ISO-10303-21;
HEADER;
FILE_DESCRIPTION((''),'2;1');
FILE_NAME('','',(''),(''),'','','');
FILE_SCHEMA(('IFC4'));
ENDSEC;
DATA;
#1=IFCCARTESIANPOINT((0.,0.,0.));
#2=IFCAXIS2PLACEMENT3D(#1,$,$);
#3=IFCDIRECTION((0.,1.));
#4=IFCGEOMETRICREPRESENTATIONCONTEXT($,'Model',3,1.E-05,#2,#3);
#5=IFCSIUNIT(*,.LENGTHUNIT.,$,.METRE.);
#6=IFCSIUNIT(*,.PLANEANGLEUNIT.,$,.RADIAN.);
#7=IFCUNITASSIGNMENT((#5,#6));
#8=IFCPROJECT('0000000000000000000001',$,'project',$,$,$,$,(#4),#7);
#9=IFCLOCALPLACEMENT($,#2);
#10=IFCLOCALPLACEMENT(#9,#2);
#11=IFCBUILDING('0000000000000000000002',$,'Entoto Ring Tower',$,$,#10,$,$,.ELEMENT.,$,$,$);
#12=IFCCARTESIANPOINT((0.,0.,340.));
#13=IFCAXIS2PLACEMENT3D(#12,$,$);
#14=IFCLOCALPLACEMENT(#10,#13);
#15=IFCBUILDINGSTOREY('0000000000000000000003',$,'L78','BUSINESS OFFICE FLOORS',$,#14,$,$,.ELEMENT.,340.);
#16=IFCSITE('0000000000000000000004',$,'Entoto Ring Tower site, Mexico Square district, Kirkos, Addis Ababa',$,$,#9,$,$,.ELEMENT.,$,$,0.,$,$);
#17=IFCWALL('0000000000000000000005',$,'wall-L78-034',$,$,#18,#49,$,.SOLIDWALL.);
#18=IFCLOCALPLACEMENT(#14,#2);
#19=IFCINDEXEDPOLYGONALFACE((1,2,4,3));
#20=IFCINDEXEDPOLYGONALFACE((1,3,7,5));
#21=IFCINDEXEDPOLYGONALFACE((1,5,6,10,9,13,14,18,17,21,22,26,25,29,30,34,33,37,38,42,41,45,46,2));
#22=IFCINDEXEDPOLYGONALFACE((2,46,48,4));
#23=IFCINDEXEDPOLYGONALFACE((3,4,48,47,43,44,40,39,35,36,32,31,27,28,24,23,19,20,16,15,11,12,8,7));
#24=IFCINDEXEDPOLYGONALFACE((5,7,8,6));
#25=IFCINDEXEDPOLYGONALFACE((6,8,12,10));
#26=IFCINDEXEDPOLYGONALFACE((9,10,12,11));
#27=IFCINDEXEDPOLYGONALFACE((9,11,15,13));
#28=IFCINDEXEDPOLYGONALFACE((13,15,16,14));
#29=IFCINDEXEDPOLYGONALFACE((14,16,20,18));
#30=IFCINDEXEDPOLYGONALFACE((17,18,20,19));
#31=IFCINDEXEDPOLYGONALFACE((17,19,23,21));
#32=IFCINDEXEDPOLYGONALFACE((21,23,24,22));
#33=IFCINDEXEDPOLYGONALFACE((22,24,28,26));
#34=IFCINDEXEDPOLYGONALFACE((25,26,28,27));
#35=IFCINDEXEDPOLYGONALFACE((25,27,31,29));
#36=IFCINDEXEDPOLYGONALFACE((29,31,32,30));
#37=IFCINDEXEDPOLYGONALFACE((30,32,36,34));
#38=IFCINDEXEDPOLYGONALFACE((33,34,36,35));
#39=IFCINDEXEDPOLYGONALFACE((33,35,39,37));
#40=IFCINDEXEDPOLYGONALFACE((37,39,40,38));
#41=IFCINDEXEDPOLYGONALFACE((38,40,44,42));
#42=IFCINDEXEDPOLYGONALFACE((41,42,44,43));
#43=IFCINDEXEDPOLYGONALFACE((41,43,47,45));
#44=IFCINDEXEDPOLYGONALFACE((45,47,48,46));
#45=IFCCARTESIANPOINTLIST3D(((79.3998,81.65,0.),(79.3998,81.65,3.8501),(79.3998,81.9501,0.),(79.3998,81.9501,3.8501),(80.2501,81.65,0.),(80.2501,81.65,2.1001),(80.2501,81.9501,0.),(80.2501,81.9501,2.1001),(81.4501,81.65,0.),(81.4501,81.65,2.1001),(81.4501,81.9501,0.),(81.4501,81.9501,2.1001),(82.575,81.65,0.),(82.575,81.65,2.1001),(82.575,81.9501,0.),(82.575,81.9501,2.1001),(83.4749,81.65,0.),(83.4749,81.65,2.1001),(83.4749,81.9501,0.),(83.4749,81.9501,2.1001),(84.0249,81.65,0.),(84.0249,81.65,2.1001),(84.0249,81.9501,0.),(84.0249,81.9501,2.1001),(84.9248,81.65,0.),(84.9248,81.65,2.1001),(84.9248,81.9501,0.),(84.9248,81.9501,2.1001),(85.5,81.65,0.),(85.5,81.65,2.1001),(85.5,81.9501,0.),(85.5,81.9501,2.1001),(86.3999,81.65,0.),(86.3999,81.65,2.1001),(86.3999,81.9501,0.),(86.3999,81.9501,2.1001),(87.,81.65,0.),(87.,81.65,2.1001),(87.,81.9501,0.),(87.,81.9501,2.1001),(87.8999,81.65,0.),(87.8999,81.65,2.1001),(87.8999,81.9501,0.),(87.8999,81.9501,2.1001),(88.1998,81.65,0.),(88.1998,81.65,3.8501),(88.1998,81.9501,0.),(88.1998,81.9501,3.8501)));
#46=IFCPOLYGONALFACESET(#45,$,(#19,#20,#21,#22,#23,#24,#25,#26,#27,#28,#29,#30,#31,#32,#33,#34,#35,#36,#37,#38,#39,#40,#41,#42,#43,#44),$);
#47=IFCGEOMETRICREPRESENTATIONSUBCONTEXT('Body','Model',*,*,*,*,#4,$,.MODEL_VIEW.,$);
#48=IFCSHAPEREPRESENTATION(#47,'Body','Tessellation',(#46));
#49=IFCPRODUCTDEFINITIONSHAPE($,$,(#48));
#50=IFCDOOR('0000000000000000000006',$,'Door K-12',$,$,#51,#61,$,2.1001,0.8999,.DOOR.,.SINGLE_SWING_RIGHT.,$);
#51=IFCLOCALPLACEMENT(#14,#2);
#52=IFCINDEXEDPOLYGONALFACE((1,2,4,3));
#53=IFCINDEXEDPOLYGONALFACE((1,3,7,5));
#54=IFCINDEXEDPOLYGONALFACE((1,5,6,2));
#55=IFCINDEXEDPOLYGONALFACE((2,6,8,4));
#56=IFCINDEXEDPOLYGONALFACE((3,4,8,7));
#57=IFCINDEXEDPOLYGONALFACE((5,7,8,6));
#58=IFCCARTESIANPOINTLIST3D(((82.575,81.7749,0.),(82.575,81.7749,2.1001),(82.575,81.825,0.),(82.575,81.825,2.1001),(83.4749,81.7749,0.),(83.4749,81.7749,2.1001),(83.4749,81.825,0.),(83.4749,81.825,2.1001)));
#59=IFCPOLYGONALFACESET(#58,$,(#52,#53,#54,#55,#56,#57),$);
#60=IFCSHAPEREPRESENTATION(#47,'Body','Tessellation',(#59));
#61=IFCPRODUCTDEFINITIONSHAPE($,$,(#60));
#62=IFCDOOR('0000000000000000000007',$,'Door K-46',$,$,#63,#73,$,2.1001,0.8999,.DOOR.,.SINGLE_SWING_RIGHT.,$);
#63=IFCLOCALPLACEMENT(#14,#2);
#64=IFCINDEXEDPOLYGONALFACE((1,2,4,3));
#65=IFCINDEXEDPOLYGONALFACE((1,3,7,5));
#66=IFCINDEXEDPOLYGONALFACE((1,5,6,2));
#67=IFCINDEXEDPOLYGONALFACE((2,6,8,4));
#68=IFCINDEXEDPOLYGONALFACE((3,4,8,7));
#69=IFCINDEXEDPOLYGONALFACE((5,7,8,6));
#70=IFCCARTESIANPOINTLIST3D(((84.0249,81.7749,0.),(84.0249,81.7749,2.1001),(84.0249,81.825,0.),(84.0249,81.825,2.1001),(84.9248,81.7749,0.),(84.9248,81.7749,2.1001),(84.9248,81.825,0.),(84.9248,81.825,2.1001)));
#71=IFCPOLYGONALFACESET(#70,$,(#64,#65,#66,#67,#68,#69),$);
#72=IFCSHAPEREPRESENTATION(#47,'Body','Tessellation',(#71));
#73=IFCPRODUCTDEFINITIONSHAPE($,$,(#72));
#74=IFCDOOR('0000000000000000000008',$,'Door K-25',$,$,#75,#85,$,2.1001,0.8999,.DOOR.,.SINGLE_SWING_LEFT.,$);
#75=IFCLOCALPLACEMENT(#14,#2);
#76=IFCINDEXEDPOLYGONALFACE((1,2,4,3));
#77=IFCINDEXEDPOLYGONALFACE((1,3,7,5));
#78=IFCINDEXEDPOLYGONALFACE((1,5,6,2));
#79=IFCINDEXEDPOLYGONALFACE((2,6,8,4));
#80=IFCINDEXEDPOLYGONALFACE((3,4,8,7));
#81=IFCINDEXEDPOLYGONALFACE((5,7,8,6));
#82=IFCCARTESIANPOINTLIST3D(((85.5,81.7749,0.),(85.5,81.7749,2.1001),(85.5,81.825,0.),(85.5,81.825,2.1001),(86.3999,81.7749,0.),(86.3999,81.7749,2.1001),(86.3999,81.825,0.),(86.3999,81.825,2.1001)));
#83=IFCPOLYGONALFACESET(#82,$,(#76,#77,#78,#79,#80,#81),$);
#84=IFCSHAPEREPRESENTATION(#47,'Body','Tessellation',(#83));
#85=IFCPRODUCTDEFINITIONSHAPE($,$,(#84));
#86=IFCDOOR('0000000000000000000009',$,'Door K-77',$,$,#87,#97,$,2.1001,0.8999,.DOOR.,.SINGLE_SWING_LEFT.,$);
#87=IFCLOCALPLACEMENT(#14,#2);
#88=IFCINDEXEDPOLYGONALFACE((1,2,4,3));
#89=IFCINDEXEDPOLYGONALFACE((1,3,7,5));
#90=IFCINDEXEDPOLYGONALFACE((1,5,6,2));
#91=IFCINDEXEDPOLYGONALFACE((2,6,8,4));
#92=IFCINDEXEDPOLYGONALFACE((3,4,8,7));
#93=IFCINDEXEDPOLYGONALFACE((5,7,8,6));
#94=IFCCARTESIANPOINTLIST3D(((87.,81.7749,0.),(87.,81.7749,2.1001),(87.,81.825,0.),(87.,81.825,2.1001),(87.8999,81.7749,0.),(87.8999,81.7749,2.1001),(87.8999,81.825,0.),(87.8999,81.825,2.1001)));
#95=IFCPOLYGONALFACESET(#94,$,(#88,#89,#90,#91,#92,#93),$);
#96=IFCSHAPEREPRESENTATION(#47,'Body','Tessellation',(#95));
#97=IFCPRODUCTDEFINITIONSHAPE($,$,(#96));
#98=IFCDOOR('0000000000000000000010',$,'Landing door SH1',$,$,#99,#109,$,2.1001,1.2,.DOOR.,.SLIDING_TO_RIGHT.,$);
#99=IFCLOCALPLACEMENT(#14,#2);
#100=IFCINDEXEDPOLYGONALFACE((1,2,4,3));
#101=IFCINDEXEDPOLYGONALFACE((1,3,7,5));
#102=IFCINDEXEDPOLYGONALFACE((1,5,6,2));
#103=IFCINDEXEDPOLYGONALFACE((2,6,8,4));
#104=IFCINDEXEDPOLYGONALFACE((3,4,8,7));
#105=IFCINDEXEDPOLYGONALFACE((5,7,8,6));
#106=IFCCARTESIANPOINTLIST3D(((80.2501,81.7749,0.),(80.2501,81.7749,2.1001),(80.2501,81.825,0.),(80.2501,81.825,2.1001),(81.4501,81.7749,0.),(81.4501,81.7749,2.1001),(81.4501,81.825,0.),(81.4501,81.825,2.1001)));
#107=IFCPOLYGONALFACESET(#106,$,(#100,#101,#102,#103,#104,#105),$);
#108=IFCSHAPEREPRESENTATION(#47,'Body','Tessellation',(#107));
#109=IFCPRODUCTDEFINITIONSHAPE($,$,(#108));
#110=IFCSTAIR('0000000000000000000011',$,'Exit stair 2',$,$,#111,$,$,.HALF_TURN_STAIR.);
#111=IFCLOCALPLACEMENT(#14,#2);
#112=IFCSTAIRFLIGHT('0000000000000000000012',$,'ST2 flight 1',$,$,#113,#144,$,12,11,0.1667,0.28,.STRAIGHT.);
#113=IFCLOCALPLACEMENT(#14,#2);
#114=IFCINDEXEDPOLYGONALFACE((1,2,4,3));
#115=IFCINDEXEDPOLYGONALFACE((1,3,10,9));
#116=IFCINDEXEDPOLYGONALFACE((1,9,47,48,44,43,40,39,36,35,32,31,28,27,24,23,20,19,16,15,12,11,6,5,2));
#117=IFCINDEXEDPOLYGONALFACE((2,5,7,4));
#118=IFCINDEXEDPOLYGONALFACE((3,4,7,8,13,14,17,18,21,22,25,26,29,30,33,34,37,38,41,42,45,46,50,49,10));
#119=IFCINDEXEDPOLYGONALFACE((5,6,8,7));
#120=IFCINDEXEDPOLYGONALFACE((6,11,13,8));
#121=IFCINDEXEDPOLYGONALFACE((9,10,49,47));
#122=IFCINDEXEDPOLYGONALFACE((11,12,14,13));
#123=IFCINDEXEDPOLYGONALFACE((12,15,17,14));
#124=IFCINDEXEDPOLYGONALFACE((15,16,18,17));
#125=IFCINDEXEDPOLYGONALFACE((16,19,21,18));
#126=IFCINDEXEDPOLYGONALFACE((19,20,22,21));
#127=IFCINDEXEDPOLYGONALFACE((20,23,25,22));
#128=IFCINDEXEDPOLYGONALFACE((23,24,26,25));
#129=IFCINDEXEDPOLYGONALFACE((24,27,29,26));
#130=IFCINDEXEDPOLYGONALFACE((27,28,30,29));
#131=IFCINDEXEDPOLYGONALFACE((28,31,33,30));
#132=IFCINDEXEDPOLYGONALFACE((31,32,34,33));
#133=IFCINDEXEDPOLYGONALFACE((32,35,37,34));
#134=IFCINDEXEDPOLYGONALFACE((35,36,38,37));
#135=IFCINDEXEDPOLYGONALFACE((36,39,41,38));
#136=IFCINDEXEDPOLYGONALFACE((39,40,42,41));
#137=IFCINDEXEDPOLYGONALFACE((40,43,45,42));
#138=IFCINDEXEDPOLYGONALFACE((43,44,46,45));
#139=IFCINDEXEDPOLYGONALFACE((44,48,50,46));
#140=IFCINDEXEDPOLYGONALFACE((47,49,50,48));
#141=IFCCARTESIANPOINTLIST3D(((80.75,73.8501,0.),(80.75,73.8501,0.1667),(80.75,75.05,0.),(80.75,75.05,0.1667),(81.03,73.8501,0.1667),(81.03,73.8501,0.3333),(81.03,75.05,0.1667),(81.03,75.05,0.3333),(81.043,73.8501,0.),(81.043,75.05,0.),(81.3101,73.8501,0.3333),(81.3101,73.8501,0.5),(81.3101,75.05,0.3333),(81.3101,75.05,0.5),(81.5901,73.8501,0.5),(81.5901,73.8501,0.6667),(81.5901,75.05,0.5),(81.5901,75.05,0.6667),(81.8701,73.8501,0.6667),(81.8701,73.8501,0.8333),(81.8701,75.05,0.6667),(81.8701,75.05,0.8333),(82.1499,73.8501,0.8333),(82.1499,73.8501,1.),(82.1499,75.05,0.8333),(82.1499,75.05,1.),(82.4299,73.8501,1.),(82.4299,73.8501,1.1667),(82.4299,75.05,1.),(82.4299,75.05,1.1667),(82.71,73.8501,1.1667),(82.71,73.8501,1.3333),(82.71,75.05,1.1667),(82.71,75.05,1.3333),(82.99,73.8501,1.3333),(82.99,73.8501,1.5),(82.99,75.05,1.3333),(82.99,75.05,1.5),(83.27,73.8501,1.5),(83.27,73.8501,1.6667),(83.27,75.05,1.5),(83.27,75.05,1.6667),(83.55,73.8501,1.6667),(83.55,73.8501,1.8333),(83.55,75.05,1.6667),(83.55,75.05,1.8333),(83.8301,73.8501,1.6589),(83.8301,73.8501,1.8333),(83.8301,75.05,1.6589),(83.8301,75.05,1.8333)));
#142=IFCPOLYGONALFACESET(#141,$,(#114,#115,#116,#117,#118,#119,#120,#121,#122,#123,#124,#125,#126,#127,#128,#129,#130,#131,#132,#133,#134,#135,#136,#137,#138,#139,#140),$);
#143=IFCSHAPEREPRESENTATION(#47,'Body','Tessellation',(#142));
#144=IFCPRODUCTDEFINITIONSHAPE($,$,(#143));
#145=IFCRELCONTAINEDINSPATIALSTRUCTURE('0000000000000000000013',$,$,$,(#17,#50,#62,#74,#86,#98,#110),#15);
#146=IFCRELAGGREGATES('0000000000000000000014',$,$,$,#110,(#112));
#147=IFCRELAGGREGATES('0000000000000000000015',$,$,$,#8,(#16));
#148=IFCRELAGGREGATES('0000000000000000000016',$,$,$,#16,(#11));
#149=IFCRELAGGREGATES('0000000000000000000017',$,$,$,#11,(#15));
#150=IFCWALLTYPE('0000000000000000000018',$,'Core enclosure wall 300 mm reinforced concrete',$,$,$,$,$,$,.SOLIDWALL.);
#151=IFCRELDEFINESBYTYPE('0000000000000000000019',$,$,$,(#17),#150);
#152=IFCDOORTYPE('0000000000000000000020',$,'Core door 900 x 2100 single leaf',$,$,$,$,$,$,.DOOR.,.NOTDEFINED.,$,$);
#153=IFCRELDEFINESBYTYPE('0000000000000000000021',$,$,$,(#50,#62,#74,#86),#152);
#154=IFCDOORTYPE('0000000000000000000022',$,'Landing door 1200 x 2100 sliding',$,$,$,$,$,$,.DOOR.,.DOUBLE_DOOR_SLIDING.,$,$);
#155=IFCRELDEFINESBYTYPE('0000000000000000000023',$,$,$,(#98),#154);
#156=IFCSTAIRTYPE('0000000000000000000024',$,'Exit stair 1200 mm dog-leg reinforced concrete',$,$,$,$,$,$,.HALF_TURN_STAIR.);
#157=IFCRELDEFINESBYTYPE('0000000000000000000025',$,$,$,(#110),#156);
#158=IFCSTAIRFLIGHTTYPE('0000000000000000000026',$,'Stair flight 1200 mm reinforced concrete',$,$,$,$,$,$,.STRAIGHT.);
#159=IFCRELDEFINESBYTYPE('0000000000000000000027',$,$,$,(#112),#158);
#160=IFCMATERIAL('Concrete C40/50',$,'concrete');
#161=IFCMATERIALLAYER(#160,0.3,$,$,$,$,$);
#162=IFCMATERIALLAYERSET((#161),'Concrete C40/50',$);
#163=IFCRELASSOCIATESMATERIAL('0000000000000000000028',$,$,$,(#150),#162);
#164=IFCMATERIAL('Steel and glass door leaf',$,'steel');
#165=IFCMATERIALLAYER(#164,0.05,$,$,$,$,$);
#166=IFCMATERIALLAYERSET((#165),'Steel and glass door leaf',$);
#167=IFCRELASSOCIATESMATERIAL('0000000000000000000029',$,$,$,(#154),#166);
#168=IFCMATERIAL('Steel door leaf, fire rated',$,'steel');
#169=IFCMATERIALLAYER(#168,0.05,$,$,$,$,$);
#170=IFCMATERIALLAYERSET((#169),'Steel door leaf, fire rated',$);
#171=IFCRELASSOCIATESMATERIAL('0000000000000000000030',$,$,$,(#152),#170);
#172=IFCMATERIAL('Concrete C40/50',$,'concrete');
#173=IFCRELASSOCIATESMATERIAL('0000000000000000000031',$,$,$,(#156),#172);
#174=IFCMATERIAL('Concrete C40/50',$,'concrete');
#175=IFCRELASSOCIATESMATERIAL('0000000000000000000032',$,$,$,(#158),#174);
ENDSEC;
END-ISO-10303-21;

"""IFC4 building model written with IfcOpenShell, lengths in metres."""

from ifc_helpers import new_model, si_unit, direction, frame, frame_2d, origin, place, context, subcontext, project, spatial, polyline, rectangle, outline, extrude, material, layer, layer_set, type_object, element, fill, aggregate, save


model = new_model("IFC4")

# Units and contexts
model_context = context("Model", 3, precision=1e-05, world=origin(), true_north=direction((0.0, 1.0)))
body_context = subcontext(model_context, "Body", "Model", "MODEL_VIEW")
ifc_project = project(units=[si_unit("LENGTHUNIT", "METRE"), si_unit("PLANEANGLEUNIT", "RADIAN")], contexts=[model_context])

# Site, building, storey
site_placement = place(None, origin())
site = spatial("IfcSite", under=ifc_project, at=site_placement, Name="Entoto Ring Tower site, Mexico Square district, Kirkos, Addis Ababa", CompositionType="ELEMENT", RefElevation=0.0)
building_placement = place(site_placement, origin())
building = spatial("IfcBuilding", under=site, at=building_placement, Name="Entoto Ring Tower", CompositionType="ELEMENT")
storey_placement = place(building_placement, frame((0.0, 0.0, 340.0)))
storey = spatial("IfcBuildingStorey", under=building, at=storey_placement, Name="L78", Description="BUSINESS OFFICE FLOORS", CompositionType="ELEMENT", Elevation=340.0)

# Shared definitions
ifc_material_1 = material(Name="Concrete C40/50", Category="concrete")
ifc_layer_1 = layer(ifc_material_1, 0.3)
ifc_layer_set_1 = layer_set([ifc_layer_1], Name="Concrete C40/50")
wall_type = type_object("IfcWallType", Name="Core enclosure wall 300 mm reinforced concrete", PredefinedType="SOLIDWALL", material=ifc_layer_set_1)
ifc_material_2 = material(Name="Steel and glass door leaf", Category="steel")
ifc_layer_2 = layer(ifc_material_2, 0.05)
ifc_layer_set_2 = layer_set([ifc_layer_2], Name="Steel and glass door leaf")
door_type_1 = type_object("IfcDoorType", Name="Landing door 1200 x 2100 sliding", OperationType="DOUBLE_DOOR_SLIDING", PredefinedType="DOOR", material=ifc_layer_set_2)

# Wall, openings, doors
ifc_material_3 = material(Name="Steel door leaf, fire rated", Category="steel")
ifc_layer_3 = layer(ifc_material_3, 0.05)
ifc_layer_set_3 = layer_set([ifc_layer_3], Name="Steel door leaf, fire rated")
door_type_2 = type_object("IfcDoorType", Name="Core door 900 x 2100 single leaf", OperationType="NOTDEFINED", PredefinedType="DOOR", material=ifc_layer_set_3)
wall_1_placement = place(storey_placement, frame((79.3999, 81.8, 0.0), z_axis=(0.0, 0.0, 1.0), x_axis=(1.0, 0.0, 0.0)))
wall_1 = element("IfcWall", 1, at=wall_1_placement, inside=storey, type_object=wall_type, Name="wall-L78-034", PredefinedType="SOLIDWALL", context=body_context, shape_type="SweptSolid", body=[
    extrude(rectangle(XDim=8.8, YDim=0.3, at=frame_2d((4.3999, 0.0))), origin(), (0.0, 0.0, 1.0), 3.8501),
])
opening_1_placement = place(wall_1_placement, frame((0.8501, 0.0, 0.0)))
opening_1 = element("IfcOpeningElement", 2, at=opening_1_placement, cuts=wall_1, PredefinedType="OPENING", context=body_context, shape_type="SweptSolid", body=[
    extrude(rectangle(XDim=1.2, YDim=2.1001, at=frame_2d((0.6001, 1.05))), frame((0.0, 0.1602, 0.0), z_axis=(0.0, -1.0, 0.0), x_axis=(1.0, 0.0, 0.0)), (0.0, 0.0, 1.0), 0.3201),
])
opening_2_placement = place(wall_1_placement, frame((3.175, 0.0, 0.0)))
opening_2 = element("IfcOpeningElement", 3, at=opening_2_placement, cuts=wall_1, PredefinedType="OPENING", context=body_context, shape_type="SweptSolid", body=[
    extrude(rectangle(XDim=0.8999, YDim=2.1001, at=frame_2d((0.45, 1.05))), frame((0.0, 0.1602, 0.0), z_axis=(0.0, -1.0, 0.0), x_axis=(1.0, 0.0, 0.0)), (0.0, 0.0, 1.0), 0.3201),
])
opening_3_placement = place(wall_1_placement, frame((4.625, 0.0, 0.0)))
opening_3 = element("IfcOpeningElement", 4, at=opening_3_placement, cuts=wall_1, PredefinedType="OPENING", context=body_context, shape_type="SweptSolid", body=[
    extrude(rectangle(XDim=0.8999, YDim=2.1001, at=frame_2d((0.45, 1.05))), frame((0.0, 0.1602, 0.0), z_axis=(0.0, -1.0, 0.0), x_axis=(1.0, 0.0, 0.0)), (0.0, 0.0, 1.0), 0.3201),
])
opening_4_placement = place(wall_1_placement, frame((6.1001, 0.0, 0.0)))
opening_4 = element("IfcOpeningElement", 5, at=opening_4_placement, cuts=wall_1, PredefinedType="OPENING", context=body_context, shape_type="SweptSolid", body=[
    extrude(rectangle(XDim=0.8999, YDim=2.1001, at=frame_2d((0.45, 1.05))), frame((0.0, 0.1602, 0.0), z_axis=(0.0, -1.0, 0.0), x_axis=(1.0, 0.0, 0.0)), (0.0, 0.0, 1.0), 0.3201),
])
opening_5_placement = place(wall_1_placement, frame((7.6001, 0.0, 0.0)))
opening_5 = element("IfcOpeningElement", 6, at=opening_5_placement, cuts=wall_1, PredefinedType="OPENING", context=body_context, shape_type="SweptSolid", body=[
    extrude(rectangle(XDim=0.8999, YDim=2.1001, at=frame_2d((0.45, 1.05))), frame((0.0, 0.1602, 0.0), z_axis=(0.0, -1.0, 0.0), x_axis=(1.0, 0.0, 0.0)), (0.0, 0.0, 1.0), 0.3201),
])
door_1_placement = place(opening_2_placement, origin())
door_1 = element("IfcDoor", 7, at=door_1_placement, inside=storey, type_object=door_type_2, Name="Door K-12", OperationType="SINGLE_SWING_RIGHT", OverallHeight=2.1001, OverallWidth=0.8999, PredefinedType="DOOR", context=body_context, shape_type="SweptSolid", body=[
    extrude(rectangle(XDim=0.8999, YDim=2.1001, at=frame_2d((0.45, 1.05))), frame((0.0, 0.0249, 0.0), z_axis=(0.0, -1.0, 0.0), x_axis=(1.0, 0.0, 0.0)), (0.0, 0.0, 1.0), 0.05),
])
fill(opening_2, door_1)
door_2_placement = place(opening_3_placement, origin())
door_2 = element("IfcDoor", 8, at=door_2_placement, inside=storey, type_object=door_type_2, Name="Door K-46", OperationType="SINGLE_SWING_RIGHT", OverallHeight=2.1001, OverallWidth=0.8999, PredefinedType="DOOR", context=body_context, shape_type="SweptSolid", body=[
    extrude(rectangle(XDim=0.8999, YDim=2.1001, at=frame_2d((0.45, 1.05))), frame((0.0, 0.0249, 0.0), z_axis=(0.0, -1.0, 0.0), x_axis=(1.0, 0.0, 0.0)), (0.0, 0.0, 1.0), 0.05),
])
fill(opening_3, door_2)
door_3_placement = place(opening_4_placement, origin())
door_3 = element("IfcDoor", 9, at=door_3_placement, inside=storey, type_object=door_type_2, Name="Door K-25", OperationType="SINGLE_SWING_LEFT", OverallHeight=2.1001, OverallWidth=0.8999, PredefinedType="DOOR", context=body_context, shape_type="SweptSolid", body=[
    extrude(rectangle(XDim=0.8999, YDim=2.1001, at=frame_2d((0.45, 1.05))), frame((0.0, 0.0249, 0.0), z_axis=(0.0, -1.0, 0.0), x_axis=(1.0, 0.0, 0.0)), (0.0, 0.0, 1.0), 0.05),
])
fill(opening_4, door_3)
door_4_placement = place(opening_5_placement, origin())
door_4 = element("IfcDoor", 10, at=door_4_placement, inside=storey, type_object=door_type_2, Name="Door K-77", OperationType="SINGLE_SWING_LEFT", OverallHeight=2.1001, OverallWidth=0.8999, PredefinedType="DOOR", context=body_context, shape_type="SweptSolid", body=[
    extrude(rectangle(XDim=0.8999, YDim=2.1001, at=frame_2d((0.45, 1.05))), frame((0.0, 0.0249, 0.0), z_axis=(0.0, -1.0, 0.0), x_axis=(1.0, 0.0, 0.0)), (0.0, 0.0, 1.0), 0.05),
])
fill(opening_5, door_4)
door_5_placement = place(opening_1_placement, origin())
door_5 = element("IfcDoor", 11, at=door_5_placement, inside=storey, type_object=door_type_1, Name="Landing door SH1", OperationType="SLIDING_TO_RIGHT", OverallHeight=2.1001, OverallWidth=1.2, PredefinedType="DOOR", context=body_context, shape_type="SweptSolid", body=[
    extrude(rectangle(XDim=1.2, YDim=2.1001, at=frame_2d((0.6001, 1.05))), frame((0.0, 0.0249, 0.0), z_axis=(0.0, -1.0, 0.0), x_axis=(1.0, 0.0, 0.0)), (0.0, 0.0, 1.0), 0.05),
])
fill(opening_1, door_5)

# Stair, stair flight
ifc_material_4 = material(Name="Concrete C40/50", Category="concrete")
stair_type = type_object("IfcStairType", Name="Exit stair 1200 mm dog-leg reinforced concrete", PredefinedType="HALF_TURN_STAIR", material=ifc_material_4)
stair_placement = place(storey_placement, origin())
stair = element("IfcStair", 12, at=stair_placement, inside=storey, type_object=stair_type, Name="Exit stair 2", PredefinedType="HALF_TURN_STAIR")
ifc_material_5 = material(Name="Concrete C40/50", Category="concrete")
stair_flight_type = type_object("IfcStairFlightType", Name="Stair flight 1200 mm reinforced concrete", PredefinedType="STRAIGHT", material=ifc_material_5)
stair_flight_1_placement = place(storey_placement, frame((80.75, 74.45, 0.0), z_axis=(0.0, 0.0, 1.0), x_axis=(1.0, 0.0, 0.0)))
stair_flight_1 = element("IfcStairFlight", 13, at=stair_flight_1_placement, type_object=stair_flight_type, Name="ST2 flight 1", NumberOfRisers=12, NumberOfTreads=11, PredefinedType="STRAIGHT", RiserHeight=0.1667, TreadLength=0.28, context=body_context, shape_type="SweptSolid", body=[
    extrude(outline(polyline([(0.0, 0.0), (0.0, 0.1667), (0.28, 0.1667), (0.28, 0.3333), (0.5601, 0.3333), (0.5601, 0.5), (0.8401, 0.5), (0.8401, 0.6667), (1.1201, 0.6667), (1.1201, 0.8333), (1.3999, 0.8333), (1.3999, 1.0), (1.6799, 1.0), (1.6799, 1.1667), (1.96, 1.1667), (1.96, 1.3333), (2.24, 1.3333), (2.24, 1.5), (2.52, 1.5), (2.52, 1.6667), (2.8, 1.6667), (2.8, 1.8333), (3.0801, 1.8333), (3.0801, 2.0), (3.0801, 1.6589), (0.293, 0.0), (0.0, 0.0)])), frame((0.0, 0.6001, 0.0), z_axis=(0.0, -1.0, 0.0), x_axis=(1.0, 0.0, 0.0)), (0.0, 0.0, 1.0), 1.2),
])
aggregate(stair, [stair_flight_1])

save(model, "model.ifc")
